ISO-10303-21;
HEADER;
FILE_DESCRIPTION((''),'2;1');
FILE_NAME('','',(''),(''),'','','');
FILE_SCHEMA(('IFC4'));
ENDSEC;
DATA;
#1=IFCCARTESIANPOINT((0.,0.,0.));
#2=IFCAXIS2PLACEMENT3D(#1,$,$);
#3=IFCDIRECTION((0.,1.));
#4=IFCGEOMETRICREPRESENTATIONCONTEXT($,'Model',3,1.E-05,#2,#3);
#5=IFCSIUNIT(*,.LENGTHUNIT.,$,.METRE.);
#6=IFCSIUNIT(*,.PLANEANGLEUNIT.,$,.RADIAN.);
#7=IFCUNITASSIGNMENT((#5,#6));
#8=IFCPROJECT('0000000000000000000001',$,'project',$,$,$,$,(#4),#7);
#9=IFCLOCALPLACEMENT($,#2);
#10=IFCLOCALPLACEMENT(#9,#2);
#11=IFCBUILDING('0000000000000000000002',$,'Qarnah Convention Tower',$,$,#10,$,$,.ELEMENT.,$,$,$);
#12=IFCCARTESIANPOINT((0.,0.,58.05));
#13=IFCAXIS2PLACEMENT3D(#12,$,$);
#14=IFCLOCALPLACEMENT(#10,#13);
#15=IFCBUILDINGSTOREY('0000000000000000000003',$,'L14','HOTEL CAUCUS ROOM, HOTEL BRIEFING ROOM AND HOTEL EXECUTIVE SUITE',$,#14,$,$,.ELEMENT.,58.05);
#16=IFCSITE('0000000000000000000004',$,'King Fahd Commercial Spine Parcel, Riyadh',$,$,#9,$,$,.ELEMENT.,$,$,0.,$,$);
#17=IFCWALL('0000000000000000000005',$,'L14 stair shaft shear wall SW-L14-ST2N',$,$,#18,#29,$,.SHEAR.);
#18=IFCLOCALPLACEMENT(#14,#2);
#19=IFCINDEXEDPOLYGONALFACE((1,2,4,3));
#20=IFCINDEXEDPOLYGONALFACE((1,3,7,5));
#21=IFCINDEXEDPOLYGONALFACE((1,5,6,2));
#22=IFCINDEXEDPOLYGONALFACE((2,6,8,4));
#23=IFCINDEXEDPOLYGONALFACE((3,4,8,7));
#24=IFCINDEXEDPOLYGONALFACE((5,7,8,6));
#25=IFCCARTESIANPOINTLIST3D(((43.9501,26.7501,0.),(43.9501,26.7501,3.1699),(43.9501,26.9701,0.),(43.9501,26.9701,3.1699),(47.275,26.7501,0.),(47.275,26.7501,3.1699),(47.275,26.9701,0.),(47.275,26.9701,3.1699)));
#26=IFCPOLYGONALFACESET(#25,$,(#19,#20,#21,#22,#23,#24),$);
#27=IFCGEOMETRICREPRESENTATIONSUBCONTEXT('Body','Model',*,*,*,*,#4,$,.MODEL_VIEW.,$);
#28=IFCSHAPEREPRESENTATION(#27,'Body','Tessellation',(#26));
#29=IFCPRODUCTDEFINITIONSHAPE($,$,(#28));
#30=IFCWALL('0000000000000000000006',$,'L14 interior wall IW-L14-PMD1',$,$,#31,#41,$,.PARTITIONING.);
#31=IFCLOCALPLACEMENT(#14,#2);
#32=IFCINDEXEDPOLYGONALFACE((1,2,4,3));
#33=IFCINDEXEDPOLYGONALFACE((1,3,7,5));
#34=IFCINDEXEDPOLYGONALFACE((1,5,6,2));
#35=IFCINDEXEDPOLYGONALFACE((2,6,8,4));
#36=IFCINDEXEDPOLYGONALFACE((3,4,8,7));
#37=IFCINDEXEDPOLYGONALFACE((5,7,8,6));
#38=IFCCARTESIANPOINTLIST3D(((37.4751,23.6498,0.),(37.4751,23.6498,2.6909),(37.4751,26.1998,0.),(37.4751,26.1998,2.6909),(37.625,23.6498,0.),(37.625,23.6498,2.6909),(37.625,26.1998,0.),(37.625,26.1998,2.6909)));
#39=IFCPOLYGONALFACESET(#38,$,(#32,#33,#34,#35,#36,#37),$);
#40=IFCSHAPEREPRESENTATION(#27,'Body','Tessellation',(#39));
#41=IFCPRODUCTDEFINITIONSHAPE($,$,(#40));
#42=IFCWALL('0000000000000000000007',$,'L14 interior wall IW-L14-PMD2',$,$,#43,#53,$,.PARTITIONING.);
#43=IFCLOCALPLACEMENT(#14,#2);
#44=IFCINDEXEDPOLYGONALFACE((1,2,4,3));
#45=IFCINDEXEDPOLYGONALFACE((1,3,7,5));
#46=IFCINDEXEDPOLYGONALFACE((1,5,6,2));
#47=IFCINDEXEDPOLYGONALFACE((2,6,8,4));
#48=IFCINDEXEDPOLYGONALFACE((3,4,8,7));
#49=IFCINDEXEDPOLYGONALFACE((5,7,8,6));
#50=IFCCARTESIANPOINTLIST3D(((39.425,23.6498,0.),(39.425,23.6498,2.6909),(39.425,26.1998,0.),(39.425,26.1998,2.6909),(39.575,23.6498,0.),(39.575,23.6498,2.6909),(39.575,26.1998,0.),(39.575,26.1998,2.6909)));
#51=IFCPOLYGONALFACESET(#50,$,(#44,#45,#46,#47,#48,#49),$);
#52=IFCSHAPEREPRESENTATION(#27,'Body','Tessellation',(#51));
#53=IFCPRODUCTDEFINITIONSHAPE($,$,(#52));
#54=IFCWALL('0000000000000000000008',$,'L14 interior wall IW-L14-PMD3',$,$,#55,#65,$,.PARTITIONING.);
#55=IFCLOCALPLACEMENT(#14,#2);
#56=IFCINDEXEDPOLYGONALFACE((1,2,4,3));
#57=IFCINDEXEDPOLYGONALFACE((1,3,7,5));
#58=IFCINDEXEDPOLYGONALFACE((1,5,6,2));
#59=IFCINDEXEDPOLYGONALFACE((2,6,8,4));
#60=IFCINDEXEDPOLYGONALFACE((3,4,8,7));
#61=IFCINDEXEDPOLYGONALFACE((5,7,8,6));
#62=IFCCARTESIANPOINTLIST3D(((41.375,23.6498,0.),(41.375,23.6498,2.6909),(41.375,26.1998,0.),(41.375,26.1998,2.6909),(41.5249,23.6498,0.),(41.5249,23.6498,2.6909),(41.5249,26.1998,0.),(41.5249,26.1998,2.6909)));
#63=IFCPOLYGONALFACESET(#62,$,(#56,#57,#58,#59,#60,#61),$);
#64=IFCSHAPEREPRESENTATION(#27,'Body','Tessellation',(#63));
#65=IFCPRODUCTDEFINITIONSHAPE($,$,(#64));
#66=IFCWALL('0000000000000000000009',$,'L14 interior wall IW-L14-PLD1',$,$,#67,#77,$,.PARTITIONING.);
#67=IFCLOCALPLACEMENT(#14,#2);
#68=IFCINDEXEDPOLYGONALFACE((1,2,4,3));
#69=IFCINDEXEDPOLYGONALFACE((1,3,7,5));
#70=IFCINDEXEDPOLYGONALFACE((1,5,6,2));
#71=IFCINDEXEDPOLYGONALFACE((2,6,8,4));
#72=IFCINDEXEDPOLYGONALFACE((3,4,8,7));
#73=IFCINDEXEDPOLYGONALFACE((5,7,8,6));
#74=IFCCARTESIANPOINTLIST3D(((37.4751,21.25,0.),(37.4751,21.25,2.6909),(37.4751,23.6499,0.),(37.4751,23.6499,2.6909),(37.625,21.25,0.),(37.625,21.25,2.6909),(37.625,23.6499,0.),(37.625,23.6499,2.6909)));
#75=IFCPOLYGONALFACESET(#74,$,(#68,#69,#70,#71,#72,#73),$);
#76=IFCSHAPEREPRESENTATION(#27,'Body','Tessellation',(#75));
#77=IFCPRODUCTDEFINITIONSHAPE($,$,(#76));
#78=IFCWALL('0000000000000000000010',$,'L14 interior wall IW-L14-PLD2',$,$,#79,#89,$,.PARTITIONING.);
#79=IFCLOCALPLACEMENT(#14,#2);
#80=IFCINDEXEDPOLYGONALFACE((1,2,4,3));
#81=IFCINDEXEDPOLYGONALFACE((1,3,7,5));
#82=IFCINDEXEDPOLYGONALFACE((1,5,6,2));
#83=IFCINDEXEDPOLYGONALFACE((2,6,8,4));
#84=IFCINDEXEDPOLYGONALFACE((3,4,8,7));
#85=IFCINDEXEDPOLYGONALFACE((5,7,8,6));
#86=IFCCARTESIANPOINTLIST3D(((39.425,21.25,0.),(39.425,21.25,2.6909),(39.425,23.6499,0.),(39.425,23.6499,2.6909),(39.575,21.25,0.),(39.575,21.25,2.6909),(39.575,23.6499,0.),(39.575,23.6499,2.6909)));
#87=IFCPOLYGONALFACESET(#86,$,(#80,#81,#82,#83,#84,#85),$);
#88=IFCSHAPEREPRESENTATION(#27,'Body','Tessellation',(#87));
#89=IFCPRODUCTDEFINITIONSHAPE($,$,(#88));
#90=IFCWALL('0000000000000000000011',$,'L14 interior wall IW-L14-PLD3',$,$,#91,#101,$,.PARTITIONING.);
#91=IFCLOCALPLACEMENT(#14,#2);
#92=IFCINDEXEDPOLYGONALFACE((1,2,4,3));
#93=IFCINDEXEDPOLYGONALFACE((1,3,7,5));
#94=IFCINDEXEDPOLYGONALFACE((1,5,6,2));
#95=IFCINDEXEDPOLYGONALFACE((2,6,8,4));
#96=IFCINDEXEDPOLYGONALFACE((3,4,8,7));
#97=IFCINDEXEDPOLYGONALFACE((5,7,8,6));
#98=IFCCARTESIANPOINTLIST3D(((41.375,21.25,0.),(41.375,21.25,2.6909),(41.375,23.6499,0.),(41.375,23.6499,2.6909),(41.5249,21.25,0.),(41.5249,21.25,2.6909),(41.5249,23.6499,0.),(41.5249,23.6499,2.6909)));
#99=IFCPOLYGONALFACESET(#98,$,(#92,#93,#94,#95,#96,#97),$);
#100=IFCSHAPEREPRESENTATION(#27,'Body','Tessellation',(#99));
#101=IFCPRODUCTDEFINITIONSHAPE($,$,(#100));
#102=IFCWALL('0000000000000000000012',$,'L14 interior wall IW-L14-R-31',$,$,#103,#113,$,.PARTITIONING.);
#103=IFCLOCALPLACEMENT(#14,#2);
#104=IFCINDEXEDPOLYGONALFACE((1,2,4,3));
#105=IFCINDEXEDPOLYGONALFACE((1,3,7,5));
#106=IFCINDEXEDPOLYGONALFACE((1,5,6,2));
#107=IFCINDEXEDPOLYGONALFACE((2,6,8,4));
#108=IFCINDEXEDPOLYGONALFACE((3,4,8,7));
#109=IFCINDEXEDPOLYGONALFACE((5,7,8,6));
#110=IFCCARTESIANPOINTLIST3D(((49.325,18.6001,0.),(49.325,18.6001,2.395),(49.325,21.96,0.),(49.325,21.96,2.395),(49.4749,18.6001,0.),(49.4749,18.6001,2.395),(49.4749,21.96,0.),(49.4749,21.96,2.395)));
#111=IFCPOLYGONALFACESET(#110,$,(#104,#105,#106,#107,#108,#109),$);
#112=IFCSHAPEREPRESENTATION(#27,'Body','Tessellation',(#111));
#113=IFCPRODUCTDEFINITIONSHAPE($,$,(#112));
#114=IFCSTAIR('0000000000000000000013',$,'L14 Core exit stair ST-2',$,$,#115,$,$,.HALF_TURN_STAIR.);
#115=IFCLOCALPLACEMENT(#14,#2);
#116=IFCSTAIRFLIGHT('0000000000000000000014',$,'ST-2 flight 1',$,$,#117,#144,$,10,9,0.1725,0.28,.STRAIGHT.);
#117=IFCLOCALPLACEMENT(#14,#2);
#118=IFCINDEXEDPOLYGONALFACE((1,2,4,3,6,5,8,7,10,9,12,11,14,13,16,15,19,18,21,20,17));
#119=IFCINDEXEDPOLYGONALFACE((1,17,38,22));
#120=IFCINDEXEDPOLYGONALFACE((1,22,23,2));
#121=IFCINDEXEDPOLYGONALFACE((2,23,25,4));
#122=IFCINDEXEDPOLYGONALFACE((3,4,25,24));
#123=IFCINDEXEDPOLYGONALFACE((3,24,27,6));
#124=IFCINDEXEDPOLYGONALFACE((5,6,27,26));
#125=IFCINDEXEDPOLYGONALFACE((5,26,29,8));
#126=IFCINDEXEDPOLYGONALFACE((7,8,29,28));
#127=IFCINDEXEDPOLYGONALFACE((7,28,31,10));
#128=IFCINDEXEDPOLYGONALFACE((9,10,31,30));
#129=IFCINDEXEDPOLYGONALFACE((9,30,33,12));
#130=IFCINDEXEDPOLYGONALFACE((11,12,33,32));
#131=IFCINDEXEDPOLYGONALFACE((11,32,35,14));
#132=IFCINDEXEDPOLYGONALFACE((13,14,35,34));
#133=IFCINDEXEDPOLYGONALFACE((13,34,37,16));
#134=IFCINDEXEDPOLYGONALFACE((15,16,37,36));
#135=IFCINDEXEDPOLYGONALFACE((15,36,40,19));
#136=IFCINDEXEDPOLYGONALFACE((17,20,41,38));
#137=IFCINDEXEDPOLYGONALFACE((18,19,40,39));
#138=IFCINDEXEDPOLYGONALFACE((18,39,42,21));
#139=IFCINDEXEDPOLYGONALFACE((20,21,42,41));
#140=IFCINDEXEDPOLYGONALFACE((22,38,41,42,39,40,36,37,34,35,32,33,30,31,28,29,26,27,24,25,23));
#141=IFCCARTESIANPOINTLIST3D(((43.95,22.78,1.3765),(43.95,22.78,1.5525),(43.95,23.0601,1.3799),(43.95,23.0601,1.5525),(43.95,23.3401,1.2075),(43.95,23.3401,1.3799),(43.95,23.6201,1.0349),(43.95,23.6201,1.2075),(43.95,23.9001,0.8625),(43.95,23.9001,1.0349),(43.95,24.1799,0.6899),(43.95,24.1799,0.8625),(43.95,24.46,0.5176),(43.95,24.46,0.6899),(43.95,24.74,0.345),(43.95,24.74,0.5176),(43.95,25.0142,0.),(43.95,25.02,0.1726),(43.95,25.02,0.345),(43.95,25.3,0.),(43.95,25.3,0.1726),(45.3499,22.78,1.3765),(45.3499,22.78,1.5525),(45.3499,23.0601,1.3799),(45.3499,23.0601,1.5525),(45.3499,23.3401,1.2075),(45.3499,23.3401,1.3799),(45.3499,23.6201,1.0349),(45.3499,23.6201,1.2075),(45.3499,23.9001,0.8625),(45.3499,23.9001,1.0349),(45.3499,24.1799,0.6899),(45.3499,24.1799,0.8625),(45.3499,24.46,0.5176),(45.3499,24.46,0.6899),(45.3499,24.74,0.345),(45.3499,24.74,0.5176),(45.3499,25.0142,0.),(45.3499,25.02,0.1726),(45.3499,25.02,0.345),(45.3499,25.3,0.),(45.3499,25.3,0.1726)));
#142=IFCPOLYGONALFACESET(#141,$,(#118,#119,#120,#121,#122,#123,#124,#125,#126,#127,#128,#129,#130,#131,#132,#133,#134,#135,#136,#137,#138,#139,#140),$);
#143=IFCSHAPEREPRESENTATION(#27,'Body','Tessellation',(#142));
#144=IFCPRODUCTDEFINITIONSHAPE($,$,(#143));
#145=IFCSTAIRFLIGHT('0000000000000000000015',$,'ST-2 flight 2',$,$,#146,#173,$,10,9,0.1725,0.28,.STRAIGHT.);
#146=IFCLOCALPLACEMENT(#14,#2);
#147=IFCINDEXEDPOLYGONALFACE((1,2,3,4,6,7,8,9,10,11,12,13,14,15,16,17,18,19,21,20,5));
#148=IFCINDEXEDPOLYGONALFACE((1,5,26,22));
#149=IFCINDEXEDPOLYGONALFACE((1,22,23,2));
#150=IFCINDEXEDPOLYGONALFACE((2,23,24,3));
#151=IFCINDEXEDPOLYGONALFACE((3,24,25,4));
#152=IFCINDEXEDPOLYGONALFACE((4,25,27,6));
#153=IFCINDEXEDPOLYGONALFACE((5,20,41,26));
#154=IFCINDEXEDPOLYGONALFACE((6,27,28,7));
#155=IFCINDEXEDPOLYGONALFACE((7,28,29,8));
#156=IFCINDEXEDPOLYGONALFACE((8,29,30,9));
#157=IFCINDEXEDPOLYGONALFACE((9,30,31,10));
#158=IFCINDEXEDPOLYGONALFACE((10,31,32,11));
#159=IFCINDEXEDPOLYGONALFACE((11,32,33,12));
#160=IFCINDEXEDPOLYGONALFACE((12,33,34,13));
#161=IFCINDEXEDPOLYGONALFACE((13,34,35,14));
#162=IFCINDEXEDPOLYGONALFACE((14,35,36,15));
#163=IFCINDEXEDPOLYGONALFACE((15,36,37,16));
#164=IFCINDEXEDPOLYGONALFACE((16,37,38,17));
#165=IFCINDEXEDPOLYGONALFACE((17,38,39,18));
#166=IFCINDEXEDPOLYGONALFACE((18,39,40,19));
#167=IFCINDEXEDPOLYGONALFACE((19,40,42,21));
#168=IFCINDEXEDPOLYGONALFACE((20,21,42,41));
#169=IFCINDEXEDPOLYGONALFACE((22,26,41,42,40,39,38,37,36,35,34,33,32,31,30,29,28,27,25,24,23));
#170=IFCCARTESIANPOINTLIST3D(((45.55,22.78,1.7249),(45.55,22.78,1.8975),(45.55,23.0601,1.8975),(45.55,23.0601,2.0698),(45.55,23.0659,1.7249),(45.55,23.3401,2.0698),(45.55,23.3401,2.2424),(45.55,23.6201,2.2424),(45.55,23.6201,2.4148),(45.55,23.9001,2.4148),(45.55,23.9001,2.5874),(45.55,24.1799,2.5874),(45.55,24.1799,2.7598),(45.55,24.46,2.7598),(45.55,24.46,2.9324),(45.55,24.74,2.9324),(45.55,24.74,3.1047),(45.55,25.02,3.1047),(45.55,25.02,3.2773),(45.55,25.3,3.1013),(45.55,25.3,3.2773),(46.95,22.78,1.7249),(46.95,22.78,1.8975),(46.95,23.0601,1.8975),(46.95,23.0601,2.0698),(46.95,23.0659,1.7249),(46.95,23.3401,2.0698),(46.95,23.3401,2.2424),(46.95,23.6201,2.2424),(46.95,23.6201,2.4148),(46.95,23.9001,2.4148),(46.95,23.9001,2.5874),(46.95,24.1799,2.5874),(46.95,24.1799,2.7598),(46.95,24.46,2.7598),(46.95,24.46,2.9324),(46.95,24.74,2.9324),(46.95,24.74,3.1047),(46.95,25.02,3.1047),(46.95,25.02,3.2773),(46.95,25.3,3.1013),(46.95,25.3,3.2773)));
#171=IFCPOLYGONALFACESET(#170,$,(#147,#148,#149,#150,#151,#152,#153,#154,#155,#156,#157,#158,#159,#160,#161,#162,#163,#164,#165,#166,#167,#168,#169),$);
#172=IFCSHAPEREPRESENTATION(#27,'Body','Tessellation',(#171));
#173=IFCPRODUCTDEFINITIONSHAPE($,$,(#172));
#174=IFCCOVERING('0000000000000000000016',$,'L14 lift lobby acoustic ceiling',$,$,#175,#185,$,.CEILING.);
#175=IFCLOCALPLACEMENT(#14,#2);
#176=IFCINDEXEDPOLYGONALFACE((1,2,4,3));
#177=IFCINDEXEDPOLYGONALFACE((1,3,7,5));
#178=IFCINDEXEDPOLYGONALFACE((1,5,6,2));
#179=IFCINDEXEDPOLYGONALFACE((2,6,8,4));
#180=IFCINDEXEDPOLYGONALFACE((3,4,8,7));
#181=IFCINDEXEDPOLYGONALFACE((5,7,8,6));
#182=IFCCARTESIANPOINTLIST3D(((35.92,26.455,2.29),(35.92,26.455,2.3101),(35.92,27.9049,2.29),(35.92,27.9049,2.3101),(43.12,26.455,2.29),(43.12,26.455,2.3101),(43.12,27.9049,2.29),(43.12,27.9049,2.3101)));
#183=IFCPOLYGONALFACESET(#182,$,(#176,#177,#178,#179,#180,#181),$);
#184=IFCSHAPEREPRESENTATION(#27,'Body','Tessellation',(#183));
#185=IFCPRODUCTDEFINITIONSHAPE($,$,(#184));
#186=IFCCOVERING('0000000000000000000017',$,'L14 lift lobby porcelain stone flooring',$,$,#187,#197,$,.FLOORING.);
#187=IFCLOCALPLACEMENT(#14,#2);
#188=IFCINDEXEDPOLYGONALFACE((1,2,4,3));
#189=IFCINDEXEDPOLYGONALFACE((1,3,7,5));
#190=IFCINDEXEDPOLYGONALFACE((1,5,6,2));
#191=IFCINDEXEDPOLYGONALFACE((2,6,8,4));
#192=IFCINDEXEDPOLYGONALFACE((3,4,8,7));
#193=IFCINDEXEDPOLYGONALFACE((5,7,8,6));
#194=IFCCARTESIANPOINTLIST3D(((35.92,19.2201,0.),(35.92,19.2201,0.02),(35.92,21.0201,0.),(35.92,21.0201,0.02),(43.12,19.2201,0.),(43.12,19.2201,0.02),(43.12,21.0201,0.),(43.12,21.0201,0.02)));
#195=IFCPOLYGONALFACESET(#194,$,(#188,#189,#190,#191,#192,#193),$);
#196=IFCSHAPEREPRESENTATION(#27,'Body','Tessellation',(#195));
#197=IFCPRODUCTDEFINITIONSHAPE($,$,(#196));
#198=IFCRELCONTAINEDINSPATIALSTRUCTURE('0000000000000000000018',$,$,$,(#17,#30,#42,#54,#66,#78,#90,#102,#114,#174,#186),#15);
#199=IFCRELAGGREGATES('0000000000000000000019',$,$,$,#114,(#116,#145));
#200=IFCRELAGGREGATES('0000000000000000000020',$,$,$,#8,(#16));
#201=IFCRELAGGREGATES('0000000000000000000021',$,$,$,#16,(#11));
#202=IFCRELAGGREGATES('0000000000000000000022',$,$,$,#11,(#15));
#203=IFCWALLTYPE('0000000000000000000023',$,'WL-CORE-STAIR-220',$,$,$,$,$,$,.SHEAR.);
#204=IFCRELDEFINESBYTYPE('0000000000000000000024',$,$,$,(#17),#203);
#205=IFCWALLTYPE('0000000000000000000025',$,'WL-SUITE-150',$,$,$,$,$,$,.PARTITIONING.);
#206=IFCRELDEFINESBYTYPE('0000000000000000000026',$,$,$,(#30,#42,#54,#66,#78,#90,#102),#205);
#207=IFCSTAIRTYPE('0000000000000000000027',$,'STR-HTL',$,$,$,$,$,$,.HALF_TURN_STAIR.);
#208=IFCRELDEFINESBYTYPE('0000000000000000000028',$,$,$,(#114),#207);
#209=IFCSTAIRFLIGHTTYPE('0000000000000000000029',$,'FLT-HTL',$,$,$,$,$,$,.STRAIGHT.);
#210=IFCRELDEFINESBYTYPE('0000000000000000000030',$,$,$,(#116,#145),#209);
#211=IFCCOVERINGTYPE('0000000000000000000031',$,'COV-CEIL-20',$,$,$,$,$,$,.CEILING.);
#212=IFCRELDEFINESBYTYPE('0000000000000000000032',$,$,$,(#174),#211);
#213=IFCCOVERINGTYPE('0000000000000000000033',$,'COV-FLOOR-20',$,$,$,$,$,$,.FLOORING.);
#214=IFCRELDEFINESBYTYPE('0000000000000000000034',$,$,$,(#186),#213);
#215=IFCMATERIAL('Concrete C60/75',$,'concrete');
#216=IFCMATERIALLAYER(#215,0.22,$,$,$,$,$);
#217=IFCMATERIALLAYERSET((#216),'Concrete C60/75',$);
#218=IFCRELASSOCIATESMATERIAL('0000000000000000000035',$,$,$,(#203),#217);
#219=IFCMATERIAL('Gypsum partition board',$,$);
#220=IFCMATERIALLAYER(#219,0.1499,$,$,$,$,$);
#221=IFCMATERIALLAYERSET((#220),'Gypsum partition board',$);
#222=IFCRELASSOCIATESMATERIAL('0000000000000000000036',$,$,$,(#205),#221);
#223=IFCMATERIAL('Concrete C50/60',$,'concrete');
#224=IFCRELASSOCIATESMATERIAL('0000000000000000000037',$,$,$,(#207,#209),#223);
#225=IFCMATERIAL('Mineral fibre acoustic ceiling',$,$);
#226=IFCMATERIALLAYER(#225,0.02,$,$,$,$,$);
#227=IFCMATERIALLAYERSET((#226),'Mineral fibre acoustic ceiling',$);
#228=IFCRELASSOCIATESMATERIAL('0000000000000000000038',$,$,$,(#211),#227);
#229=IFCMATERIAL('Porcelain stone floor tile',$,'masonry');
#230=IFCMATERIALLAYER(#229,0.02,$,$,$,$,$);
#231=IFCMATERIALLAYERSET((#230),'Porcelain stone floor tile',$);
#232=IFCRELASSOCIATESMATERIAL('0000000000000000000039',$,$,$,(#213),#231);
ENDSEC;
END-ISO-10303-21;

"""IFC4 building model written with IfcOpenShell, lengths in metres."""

from ifc_helpers import new_model, si_unit, direction, frame, frame_2d, origin, origin_2d, place, context, subcontext, project, spatial, polyline, rectangle, outline, extrude, material, layer, layer_set, type_object, element, aggregate, save


model = new_model("IFC4")

# Units and contexts
model_context = context("Model", 3, precision=1e-05, world=origin(), true_north=direction((0.0, 1.0)))
body_context = subcontext(model_context, "Body", "Model", "MODEL_VIEW")
ifc_project = project(units=[si_unit("LENGTHUNIT", "METRE"), si_unit("PLANEANGLEUNIT", "RADIAN")], contexts=[model_context])

# Site, building, storey
site_placement = place(None, origin())
site = spatial("IfcSite", under=ifc_project, at=site_placement, Name="King Fahd Commercial Spine Parcel, Riyadh", CompositionType="ELEMENT", RefElevation=0.0)
building_placement = place(site_placement, origin())
building = spatial("IfcBuilding", under=site, at=building_placement, Name="Qarnah Convention Tower", CompositionType="ELEMENT")
storey_placement = place(building_placement, frame((0.0, 0.0, 58.05)))
storey = spatial("IfcBuildingStorey", under=building, at=storey_placement, Name="L14", Description="HOTEL CAUCUS ROOM, HOTEL BRIEFING ROOM AND HOTEL EXECUTIVE SUITE", CompositionType="ELEMENT", Elevation=58.05)

# Shared definitions
ifc_material_1 = material(Name="Concrete C60/75", Category="concrete")

# Walls
ifc_layer_1 = layer(ifc_material_1, 0.22)
ifc_layer_set_1 = layer_set([ifc_layer_1], Name="Concrete C60/75")
wall_type_1 = type_object("IfcWallType", Name="WL-CORE-STAIR-220", PredefinedType="SHEAR", material=ifc_layer_set_1)
wall_1_placement = place(storey_placement, frame((43.95, 26.8601, 0.0), z_axis=(0.0, 0.0, 1.0), x_axis=(1.0, 0.0, 0.0)))
element("IfcWall", 1, at=wall_1_placement, inside=storey, type_object=wall_type_1, Name="L14 stair shaft shear wall SW-L14-ST2N", PredefinedType="SHEAR", context=body_context, shape_type="SweptSolid", body=[
    extrude(rectangle(XDim=3.325, YDim=0.22, at=frame_2d((1.6626, 0.0))), origin(), (0.0, 0.0, 1.0), 3.1699),
])
ifc_material_2 = material(Name="Gypsum partition board")
ifc_layer_2 = layer(ifc_material_2, 0.1499)
ifc_layer_set_2 = layer_set([ifc_layer_2], Name="Gypsum partition board")
wall_type_2 = type_object("IfcWallType", Name="WL-SUITE-150", PredefinedType="PARTITIONING", material=ifc_layer_set_2)
for number, where, z_axis, x_axis, name in (
    (2, (37.55, 23.6499, 0.0), (0.0, 0.0, 1.0), (0.0, 1.0, 0.0), "L14 interior wall IW-L14-PMD1"),
    (3, (39.5, 23.6499, 0.0), (0.0, 0.0, 1.0), (0.0, 1.0, 0.0), "L14 interior wall IW-L14-PMD2"),
    (4, (41.45, 23.6499, 0.0), (0.0, 0.0, 1.0), (0.0, 1.0, 0.0), "L14 interior wall IW-L14-PMD3"),
):
    element("IfcWall", number, at=place(storey_placement, frame(where, z_axis=z_axis, x_axis=x_axis)), inside=storey, type_object=wall_type_2, Name=name, PredefinedType="PARTITIONING", context=body_context, shape_type="SweptSolid", body=[
        extrude(rectangle(XDim=2.55, YDim=0.1499, at=frame_2d((1.2749, 0.0))), origin(), (0.0, 0.0, 1.0), 2.6909),
    ])
for number, where, z_axis, x_axis, name in (
    (5, (37.55, 21.25, 0.0), (0.0, 0.0, 1.0), (0.0, 1.0, 0.0), "L14 interior wall IW-L14-PLD1"),
    (6, (39.5, 21.25, 0.0), (0.0, 0.0, 1.0), (0.0, 1.0, 0.0), "L14 interior wall IW-L14-PLD2"),
    (7, (41.45, 21.25, 0.0), (0.0, 0.0, 1.0), (0.0, 1.0, 0.0), "L14 interior wall IW-L14-PLD3"),
):
    element("IfcWall", number, at=place(storey_placement, frame(where, z_axis=z_axis, x_axis=x_axis)), inside=storey, type_object=wall_type_2, Name=name, PredefinedType="PARTITIONING", context=body_context, shape_type="SweptSolid", body=[
        extrude(rectangle(XDim=2.3999, YDim=0.1499, at=frame_2d((1.2, 0.0))), origin(), (0.0, 0.0, 1.0), 2.6909),
    ])
wall_2_placement = place(storey_placement, frame((49.3999, 21.96, 0.0), z_axis=(0.0, 0.0, 1.0), x_axis=(0.0, -1.0, 0.0)))
element("IfcWall", 8, at=wall_2_placement, inside=storey, type_object=wall_type_2, Name="L14 interior wall IW-L14-R-31", PredefinedType="PARTITIONING", context=body_context, shape_type="SweptSolid", body=[
    extrude(rectangle(XDim=3.3599, YDim=0.1499, at=frame_2d((1.6799, 0.0))), origin(), (0.0, 0.0, 1.0), 2.395),
])

# Stair, stair flights
ifc_material_3 = material(Name="Concrete C50/60", Category="concrete")
stair_type = type_object("IfcStairType", Name="STR-HTL", PredefinedType="HALF_TURN_STAIR", material=ifc_material_3)
stair_placement = place(storey_placement, origin())
stair = element("IfcStair", 9, at=stair_placement, inside=storey, type_object=stair_type, Name="L14 Core exit stair ST-2", PredefinedType="HALF_TURN_STAIR")
stair_flight_type = type_object("IfcStairFlightType", Name="FLT-HTL", PredefinedType="STRAIGHT", material=ifc_material_3)
stair_flight_1_placement = place(storey_placement, frame((44.6499, 25.3, 0.0), z_axis=(0.0, 0.0, 1.0), x_axis=(0.0, -1.0, 0.0)))
stair_flight_1 = element("IfcStairFlight", 10, at=stair_flight_1_placement, type_object=stair_flight_type, Name="ST-2 flight 1", NumberOfRisers=10, NumberOfTreads=9, PredefinedType="STRAIGHT", RiserHeight=0.1725, TreadLength=0.28, context=body_context, shape_type="SweptSolid", body=[
    extrude(outline(polyline([(0.0, 0.0), (0.0, 0.1726), (0.28, 0.1726), (0.28, 0.345), (0.5601, 0.345), (0.5601, 0.5176), (0.8401, 0.5176), (0.8401, 0.6899), (1.1201, 0.6899), (1.1201, 0.8625), (1.3999, 0.8625), (1.3999, 1.0349), (1.6799, 1.0349), (1.6799, 1.2075), (1.96, 1.2075), (1.96, 1.3799), (2.24, 1.3799), (2.24, 1.5525), (2.52, 1.5525), (2.52, 1.7251), (2.52, 1.3765), (0.2859, 0.0), (0.0, 0.0)])), frame((0.0, 0.7, 0.0), z_axis=(0.0, -1.0, 0.0), x_axis=(1.0, 0.0, 0.0)), (0.0, 0.0, 1.0), 1.3999),
])
stair_flight_2_placement = place(storey_placement, frame((46.25, 22.78, 1.7249), z_axis=(0.0, 0.0, 1.0), x_axis=(0.0, 1.0, 0.0)))
stair_flight_2 = element("IfcStairFlight", 11, at=stair_flight_2_placement, type_object=stair_flight_type, Name="ST-2 flight 2", NumberOfRisers=10, NumberOfTreads=9, PredefinedType="STRAIGHT", RiserHeight=0.1725, TreadLength=0.28, context=body_context, shape_type="SweptSolid", body=[
    extrude(outline(polyline([(0.0, 0.0), (0.0, 0.1726), (0.28, 0.1726), (0.28, 0.345), (0.5601, 0.345), (0.5601, 0.5176), (0.8401, 0.5176), (0.8401, 0.6899), (1.1201, 0.6899), (1.1201, 0.8625), (1.3999, 0.8625), (1.3999, 1.0349), (1.6799, 1.0349), (1.6799, 1.2075), (1.96, 1.2075), (1.96, 1.3799), (2.24, 1.3799), (2.24, 1.5525), (2.52, 1.5525), (2.52, 1.7251), (2.52, 1.3765), (0.2859, 0.0), (0.0, 0.0)])), frame((0.0, 0.7, 0.0), z_axis=(0.0, -1.0, 0.0), x_axis=(1.0, 0.0, 0.0)), (0.0, 0.0, 1.0), 1.3999),
])
aggregate(stair, [stair_flight_1, stair_flight_2])

# Coverings
ifc_material_4 = material(Name="Mineral fibre acoustic ceiling")
ifc_layer_3 = layer(ifc_material_4, 0.02)
ifc_layer_set_3 = layer_set([ifc_layer_3], Name="Mineral fibre acoustic ceiling")
covering_type_1 = type_object("IfcCoveringType", Name="COV-CEIL-20", PredefinedType="CEILING", material=ifc_layer_set_3)
covering_1_placement = place(storey_placement, frame((39.52, 27.1799, 2.29), z_axis=(0.0, 0.0, 1.0), x_axis=(1.0, 0.0, 0.0)))
element("IfcCovering", 12, at=covering_1_placement, inside=storey, type_object=covering_type_1, Name="L14 lift lobby acoustic ceiling", PredefinedType="CEILING", context=body_context, shape_type="SweptSolid", body=[
    extrude(rectangle(XDim=7.2, YDim=1.45, at=origin_2d()), origin(), (0.0, 0.0, 1.0), 0.02),
])
ifc_material_5 = material(Name="Porcelain stone floor tile", Category="masonry")
ifc_layer_4 = layer(ifc_material_5, 0.02)
ifc_layer_set_4 = layer_set([ifc_layer_4], Name="Porcelain stone floor tile")
covering_type_2 = type_object("IfcCoveringType", Name="COV-FLOOR-20", PredefinedType="FLOORING", material=ifc_layer_set_4)
covering_2_placement = place(storey_placement, frame((39.52, 20.1201, 0.0), z_axis=(0.0, 0.0, 1.0), x_axis=(1.0, 0.0, 0.0)))
element("IfcCovering", 13, at=covering_2_placement, inside=storey, type_object=covering_type_2, Name="L14 lift lobby porcelain stone flooring", PredefinedType="FLOORING", context=body_context, shape_type="SweptSolid", body=[
    extrude(rectangle(XDim=7.2, YDim=1.8, at=origin_2d()), origin(), (0.0, 0.0, 1.0), 0.02),
])

save(model, "model.ifc")
